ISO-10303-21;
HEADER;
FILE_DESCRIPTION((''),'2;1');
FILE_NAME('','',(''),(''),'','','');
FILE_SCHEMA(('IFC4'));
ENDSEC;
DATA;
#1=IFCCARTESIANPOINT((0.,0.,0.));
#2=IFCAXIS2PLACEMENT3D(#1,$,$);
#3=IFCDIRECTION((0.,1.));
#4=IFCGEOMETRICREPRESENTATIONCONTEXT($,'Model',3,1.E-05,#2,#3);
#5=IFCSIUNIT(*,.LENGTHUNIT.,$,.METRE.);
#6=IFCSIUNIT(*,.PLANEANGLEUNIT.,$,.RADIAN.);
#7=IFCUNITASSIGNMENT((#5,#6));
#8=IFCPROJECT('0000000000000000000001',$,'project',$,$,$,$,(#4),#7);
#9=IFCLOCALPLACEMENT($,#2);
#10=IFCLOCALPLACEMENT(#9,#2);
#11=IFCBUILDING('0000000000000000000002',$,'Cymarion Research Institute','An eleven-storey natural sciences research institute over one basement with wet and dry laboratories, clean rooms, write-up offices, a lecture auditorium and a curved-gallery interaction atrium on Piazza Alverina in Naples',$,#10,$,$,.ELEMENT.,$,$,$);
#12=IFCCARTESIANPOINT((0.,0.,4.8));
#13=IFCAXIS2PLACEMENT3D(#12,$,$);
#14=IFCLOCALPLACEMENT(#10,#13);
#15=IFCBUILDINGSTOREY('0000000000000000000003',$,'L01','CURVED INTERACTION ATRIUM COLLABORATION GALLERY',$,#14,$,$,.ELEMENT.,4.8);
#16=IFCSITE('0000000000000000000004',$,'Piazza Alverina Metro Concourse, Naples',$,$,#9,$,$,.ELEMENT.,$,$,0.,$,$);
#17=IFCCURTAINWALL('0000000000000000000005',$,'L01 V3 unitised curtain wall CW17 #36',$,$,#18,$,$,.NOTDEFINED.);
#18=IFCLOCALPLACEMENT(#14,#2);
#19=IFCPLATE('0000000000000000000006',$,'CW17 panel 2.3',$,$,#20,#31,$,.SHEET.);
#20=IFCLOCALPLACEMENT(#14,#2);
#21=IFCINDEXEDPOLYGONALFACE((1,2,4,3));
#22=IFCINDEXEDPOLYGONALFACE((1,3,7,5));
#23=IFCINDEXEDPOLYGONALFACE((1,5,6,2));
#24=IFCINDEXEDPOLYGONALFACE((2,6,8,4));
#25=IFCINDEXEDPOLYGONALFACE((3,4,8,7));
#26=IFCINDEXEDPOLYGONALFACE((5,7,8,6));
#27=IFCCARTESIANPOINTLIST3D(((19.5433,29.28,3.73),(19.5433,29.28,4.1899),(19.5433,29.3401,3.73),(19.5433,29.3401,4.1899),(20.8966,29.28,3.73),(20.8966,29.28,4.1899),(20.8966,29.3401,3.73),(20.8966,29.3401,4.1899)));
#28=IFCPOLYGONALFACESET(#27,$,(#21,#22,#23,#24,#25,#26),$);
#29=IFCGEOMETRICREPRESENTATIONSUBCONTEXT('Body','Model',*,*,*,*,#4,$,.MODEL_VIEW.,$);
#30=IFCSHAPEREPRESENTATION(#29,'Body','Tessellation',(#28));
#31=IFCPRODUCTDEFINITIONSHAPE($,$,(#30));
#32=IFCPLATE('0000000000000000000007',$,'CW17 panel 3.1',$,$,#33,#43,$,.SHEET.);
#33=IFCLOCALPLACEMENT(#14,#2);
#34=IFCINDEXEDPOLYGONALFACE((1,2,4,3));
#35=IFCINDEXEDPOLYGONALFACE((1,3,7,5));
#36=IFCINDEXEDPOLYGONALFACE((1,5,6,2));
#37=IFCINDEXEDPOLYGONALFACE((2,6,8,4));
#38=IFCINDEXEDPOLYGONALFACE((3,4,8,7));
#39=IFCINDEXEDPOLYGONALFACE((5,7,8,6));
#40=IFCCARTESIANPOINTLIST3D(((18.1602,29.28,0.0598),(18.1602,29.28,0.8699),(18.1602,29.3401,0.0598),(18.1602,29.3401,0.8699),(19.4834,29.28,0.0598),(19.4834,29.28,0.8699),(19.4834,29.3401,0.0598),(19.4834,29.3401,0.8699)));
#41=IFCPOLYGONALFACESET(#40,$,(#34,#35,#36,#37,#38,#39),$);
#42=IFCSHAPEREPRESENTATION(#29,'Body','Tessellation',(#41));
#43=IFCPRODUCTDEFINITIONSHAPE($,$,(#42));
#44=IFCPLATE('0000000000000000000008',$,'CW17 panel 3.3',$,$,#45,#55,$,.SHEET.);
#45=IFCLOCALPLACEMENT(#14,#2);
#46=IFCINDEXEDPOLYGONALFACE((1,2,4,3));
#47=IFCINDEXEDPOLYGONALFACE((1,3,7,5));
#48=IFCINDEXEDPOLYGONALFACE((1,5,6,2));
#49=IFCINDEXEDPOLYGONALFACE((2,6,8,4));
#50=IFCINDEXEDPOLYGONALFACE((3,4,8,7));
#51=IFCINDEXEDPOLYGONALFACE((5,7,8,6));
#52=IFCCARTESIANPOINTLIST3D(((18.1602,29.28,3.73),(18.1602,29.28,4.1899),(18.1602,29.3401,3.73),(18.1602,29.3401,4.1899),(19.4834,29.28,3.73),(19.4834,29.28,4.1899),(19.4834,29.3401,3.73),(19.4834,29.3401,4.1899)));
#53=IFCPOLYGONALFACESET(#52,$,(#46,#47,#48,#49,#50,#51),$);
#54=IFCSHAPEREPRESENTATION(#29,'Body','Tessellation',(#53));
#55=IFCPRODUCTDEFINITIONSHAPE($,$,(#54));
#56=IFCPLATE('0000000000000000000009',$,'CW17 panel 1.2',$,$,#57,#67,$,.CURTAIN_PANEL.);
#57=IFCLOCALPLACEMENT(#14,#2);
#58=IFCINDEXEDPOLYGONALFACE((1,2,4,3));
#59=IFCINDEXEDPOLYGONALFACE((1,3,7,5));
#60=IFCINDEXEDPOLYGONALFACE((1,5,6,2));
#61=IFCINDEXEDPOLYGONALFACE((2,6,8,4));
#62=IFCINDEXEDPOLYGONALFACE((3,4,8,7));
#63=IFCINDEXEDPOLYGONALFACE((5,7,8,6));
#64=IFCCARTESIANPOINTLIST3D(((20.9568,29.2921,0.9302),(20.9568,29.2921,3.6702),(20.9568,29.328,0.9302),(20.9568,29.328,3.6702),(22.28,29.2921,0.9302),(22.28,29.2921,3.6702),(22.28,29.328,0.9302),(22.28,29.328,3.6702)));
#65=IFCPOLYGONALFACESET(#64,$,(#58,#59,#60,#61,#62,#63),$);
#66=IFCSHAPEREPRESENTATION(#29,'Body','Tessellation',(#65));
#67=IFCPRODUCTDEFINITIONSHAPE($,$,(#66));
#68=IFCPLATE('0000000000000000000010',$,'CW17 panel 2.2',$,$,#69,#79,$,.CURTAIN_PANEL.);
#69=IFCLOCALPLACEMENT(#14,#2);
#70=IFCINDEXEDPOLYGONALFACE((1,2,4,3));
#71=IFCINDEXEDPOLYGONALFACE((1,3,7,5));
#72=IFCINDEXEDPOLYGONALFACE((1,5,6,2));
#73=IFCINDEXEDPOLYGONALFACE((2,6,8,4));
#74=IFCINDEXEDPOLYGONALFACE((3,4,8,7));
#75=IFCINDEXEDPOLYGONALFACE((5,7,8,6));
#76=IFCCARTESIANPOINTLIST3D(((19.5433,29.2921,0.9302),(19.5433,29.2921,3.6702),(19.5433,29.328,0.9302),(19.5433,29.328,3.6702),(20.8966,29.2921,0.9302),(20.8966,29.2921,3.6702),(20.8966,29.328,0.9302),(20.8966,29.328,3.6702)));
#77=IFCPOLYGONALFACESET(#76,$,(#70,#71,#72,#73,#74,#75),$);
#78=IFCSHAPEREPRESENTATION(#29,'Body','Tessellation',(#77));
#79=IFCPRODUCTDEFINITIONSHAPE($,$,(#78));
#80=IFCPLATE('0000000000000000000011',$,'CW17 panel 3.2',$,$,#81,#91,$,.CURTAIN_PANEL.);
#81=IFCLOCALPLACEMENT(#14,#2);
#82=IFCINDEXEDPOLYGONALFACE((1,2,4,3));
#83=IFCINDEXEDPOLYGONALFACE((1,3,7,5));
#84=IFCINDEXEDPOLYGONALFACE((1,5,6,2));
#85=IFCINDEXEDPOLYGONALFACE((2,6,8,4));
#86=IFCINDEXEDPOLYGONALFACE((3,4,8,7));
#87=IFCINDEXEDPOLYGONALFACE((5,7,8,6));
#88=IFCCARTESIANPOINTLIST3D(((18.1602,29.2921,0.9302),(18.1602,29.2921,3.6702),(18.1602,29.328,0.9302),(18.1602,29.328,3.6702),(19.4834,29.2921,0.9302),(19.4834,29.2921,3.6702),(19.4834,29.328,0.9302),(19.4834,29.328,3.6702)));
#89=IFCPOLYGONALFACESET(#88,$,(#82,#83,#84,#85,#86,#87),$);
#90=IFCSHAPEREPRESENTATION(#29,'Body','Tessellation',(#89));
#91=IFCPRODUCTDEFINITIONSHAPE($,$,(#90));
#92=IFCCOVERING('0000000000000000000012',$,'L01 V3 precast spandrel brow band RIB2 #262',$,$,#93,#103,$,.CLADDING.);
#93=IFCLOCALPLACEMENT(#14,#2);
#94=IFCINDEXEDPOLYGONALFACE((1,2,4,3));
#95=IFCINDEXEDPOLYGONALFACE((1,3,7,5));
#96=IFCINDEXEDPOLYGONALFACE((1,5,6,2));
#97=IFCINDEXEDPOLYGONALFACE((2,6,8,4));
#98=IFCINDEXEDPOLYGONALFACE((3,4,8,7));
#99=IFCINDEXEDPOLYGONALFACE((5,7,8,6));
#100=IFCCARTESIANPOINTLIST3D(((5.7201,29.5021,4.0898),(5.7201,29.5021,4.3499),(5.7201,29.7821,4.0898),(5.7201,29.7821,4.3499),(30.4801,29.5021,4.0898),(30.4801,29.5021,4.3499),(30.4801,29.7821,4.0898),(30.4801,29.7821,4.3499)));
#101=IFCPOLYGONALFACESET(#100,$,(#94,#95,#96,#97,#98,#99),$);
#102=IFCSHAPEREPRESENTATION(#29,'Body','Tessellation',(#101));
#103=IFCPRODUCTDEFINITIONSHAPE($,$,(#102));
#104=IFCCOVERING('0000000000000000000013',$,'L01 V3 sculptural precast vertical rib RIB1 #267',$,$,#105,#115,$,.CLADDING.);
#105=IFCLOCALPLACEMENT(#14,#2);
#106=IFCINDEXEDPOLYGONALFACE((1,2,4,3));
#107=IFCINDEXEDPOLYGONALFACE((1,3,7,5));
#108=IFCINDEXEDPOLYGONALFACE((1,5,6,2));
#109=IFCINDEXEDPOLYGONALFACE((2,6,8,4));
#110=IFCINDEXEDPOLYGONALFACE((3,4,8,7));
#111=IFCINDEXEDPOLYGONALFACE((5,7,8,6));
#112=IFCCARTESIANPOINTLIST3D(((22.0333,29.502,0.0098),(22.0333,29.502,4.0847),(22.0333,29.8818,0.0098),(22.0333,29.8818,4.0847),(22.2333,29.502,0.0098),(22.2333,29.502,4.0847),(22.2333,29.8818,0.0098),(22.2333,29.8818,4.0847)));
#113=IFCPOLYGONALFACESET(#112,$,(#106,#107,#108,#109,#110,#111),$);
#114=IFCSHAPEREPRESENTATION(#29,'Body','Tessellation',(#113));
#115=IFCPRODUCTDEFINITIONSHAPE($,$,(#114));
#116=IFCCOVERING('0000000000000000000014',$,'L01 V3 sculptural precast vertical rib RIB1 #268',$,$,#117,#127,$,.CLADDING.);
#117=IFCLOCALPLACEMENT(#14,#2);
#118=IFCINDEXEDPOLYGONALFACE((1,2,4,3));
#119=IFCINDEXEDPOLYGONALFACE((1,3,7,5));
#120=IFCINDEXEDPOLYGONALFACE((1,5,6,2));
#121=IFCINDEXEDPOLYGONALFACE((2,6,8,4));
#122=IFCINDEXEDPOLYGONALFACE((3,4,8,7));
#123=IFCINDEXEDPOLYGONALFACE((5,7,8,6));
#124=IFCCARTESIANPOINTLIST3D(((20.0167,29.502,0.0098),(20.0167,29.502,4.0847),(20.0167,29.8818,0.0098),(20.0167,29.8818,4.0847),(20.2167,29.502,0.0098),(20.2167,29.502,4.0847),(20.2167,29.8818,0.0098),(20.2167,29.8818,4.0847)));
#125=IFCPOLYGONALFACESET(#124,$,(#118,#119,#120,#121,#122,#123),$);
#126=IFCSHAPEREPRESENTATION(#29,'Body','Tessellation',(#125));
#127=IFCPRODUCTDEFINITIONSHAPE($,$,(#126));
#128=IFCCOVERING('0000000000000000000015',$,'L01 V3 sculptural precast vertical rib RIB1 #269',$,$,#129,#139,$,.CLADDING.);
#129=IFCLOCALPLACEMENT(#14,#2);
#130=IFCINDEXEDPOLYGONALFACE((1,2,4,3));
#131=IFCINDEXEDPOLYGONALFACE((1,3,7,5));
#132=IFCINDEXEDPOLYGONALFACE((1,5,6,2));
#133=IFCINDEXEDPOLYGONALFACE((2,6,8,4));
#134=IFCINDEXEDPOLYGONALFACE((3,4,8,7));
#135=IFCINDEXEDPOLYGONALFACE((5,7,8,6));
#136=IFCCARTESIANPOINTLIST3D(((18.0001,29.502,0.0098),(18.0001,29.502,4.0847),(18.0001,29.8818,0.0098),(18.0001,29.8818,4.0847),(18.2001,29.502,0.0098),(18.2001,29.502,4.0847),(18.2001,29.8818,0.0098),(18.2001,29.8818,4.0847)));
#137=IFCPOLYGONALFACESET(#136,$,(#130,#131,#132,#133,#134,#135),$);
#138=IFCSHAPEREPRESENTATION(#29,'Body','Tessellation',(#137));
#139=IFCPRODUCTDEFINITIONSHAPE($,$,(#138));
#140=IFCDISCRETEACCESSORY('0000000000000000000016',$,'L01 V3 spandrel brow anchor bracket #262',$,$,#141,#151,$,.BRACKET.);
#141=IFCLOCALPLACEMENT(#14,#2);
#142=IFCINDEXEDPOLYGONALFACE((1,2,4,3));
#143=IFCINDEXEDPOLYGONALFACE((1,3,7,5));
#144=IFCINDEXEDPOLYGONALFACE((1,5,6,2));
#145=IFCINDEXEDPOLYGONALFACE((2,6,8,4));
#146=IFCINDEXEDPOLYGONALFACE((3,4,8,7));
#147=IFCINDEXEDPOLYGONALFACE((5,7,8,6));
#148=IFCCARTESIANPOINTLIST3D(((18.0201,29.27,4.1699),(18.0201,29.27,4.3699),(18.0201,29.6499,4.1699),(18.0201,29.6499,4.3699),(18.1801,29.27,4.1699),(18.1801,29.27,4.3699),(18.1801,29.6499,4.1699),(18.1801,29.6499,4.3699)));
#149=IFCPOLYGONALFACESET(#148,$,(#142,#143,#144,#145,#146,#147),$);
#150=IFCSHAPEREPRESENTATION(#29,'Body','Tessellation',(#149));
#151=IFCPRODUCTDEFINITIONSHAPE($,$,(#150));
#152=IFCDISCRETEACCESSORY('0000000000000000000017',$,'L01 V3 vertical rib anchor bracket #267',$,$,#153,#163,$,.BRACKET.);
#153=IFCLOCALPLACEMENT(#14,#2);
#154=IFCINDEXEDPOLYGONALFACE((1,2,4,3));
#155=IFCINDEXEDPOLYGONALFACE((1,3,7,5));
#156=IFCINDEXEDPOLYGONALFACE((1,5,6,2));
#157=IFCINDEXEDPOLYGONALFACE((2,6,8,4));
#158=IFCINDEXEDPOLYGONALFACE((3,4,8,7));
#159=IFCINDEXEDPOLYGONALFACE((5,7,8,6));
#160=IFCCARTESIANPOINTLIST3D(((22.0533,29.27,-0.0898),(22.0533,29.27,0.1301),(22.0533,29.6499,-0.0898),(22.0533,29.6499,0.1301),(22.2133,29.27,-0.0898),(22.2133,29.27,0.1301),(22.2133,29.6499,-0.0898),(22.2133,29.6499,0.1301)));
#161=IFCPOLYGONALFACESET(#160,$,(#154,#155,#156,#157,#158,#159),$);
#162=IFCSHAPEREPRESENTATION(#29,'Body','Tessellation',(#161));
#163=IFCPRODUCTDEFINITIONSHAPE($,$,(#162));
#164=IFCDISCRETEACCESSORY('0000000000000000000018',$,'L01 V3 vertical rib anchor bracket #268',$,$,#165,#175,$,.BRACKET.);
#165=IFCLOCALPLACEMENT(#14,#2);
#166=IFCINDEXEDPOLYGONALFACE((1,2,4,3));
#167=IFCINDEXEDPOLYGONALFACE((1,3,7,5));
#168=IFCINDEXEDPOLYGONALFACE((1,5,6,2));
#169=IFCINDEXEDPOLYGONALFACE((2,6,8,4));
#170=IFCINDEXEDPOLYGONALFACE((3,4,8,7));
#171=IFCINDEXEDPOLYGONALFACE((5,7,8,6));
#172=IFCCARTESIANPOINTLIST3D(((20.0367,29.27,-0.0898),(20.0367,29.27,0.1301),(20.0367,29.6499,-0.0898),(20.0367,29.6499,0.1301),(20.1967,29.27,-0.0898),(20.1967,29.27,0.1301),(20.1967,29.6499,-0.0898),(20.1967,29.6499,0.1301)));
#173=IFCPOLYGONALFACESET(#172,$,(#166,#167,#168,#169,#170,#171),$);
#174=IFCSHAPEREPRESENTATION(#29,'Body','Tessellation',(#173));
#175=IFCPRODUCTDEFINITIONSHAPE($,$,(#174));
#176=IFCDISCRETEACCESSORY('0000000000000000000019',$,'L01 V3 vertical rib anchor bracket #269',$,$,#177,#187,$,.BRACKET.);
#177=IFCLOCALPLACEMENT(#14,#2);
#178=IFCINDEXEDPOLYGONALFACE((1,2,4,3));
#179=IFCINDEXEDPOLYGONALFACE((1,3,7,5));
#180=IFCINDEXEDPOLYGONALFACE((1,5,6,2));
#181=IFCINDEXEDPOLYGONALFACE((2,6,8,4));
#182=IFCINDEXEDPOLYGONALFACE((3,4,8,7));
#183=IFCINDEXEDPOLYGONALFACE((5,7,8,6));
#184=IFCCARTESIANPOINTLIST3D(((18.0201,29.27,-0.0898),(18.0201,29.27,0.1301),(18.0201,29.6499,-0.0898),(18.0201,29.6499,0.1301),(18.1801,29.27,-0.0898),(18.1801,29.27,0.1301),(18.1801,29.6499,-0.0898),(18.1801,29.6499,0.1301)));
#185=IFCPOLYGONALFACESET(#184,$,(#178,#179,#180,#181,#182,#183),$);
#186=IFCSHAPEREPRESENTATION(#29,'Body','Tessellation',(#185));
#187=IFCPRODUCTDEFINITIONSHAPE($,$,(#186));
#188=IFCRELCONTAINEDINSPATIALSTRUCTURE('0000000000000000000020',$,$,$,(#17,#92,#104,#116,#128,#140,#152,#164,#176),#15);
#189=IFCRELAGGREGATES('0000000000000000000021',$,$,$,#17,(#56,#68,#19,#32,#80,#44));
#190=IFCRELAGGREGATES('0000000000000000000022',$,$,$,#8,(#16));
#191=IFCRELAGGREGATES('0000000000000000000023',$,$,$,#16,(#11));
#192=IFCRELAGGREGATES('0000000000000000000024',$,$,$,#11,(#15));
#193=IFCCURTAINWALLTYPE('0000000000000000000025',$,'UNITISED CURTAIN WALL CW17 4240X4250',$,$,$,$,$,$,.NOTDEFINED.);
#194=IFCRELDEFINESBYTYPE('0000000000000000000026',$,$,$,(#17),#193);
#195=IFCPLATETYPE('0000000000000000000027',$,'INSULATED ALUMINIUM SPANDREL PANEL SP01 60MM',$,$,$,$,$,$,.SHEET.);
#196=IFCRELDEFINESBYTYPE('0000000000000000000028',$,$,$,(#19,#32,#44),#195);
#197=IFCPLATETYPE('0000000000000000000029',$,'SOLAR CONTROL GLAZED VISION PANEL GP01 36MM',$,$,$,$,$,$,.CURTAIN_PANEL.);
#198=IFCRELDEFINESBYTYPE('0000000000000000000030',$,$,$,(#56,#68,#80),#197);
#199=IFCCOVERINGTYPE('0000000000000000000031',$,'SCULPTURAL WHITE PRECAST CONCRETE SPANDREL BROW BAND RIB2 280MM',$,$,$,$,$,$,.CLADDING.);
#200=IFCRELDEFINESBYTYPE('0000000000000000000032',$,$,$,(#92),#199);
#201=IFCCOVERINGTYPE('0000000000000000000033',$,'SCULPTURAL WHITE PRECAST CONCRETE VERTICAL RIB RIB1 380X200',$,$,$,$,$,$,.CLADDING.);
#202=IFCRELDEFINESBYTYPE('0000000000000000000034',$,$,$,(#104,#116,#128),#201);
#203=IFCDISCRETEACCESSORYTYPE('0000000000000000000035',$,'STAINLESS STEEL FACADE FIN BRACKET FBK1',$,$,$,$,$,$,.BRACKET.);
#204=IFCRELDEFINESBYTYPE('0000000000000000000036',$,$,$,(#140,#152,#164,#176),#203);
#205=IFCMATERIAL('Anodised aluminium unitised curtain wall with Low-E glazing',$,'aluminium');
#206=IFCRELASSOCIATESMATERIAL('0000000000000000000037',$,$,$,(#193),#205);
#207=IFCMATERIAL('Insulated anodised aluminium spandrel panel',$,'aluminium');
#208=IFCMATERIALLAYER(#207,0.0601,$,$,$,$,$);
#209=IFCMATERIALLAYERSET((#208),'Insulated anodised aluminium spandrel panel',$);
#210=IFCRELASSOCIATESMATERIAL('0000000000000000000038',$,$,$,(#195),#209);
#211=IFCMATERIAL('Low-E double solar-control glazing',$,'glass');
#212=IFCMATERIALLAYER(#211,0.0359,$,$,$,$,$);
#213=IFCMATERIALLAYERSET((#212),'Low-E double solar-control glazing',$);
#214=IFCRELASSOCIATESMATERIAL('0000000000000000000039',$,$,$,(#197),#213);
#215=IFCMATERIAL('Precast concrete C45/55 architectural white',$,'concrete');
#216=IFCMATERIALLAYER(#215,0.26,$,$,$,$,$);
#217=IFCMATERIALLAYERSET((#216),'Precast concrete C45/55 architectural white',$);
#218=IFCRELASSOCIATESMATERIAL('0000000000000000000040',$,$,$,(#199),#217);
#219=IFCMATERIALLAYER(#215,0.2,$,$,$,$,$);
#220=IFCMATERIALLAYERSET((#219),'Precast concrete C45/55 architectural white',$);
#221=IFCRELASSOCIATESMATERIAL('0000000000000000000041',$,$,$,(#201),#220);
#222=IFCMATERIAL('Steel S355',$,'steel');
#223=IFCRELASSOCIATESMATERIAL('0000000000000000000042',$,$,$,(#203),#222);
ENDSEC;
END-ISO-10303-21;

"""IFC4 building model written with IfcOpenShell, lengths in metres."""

from ifc_helpers import new_model, si_unit, direction, frame, origin, origin_2d, place, context, subcontext, project, spatial, rectangle, extrude, material, layer, layer_set, type_object, element, aggregate, save


model = new_model("IFC4")

# Units and contexts
model_context = context("Model", 3, precision=1e-05, world=origin(), true_north=direction((0.0, 1.0)))
body_context = subcontext(model_context, "Body", "Model", "MODEL_VIEW")
ifc_project = project(units=[si_unit("LENGTHUNIT", "METRE"), si_unit("PLANEANGLEUNIT", "RADIAN")], contexts=[model_context])

# Site, building, storey
site_placement = place(None, origin())
site = spatial("IfcSite", under=ifc_project, at=site_placement, Name="Piazza Alverina Metro Concourse, Naples", CompositionType="ELEMENT", RefElevation=0.0)
building_placement = place(site_placement, origin())
building = spatial("IfcBuilding", under=site, at=building_placement, Name="Cymarion Research Institute", Description="An eleven-storey natural sciences research institute over one basement with wet and dry laboratories, clean rooms, write-up offices, a lecture auditorium and a curved-gallery interaction atrium on Piazza Alverina in Naples", CompositionType="ELEMENT")
storey_placement = place(building_placement, frame((0.0, 0.0, 4.8)))
storey = spatial("IfcBuildingStorey", under=building, at=storey_placement, Name="L01", Description="CURVED INTERACTION ATRIUM COLLABORATION GALLERY", CompositionType="ELEMENT", Elevation=4.8)

# Curtain wall, plates
ifc_material_1 = material(Name="Anodised aluminium unitised curtain wall with Low-E glazing", Category="aluminium")
curtain_wall_type = type_object("IfcCurtainWallType", Name="UNITISED CURTAIN WALL CW17 4240X4250", PredefinedType="NOTDEFINED", material=ifc_material_1)
curtain_wall_placement = place(storey_placement, origin())
curtain_wall = element("IfcCurtainWall", 1, at=curtain_wall_placement, inside=storey, type_object=curtain_wall_type, Name="L01 V3 unitised curtain wall CW17 #36", PredefinedType="NOTDEFINED")
ifc_material_2 = material(Name="Insulated anodised aluminium spandrel panel", Category="aluminium")
ifc_layer_1 = layer(ifc_material_2, 0.0601)
ifc_layer_set_1 = layer_set([ifc_layer_1], Name="Insulated anodised aluminium spandrel panel")
plate_type_1 = type_object("IfcPlateType", Name="INSULATED ALUMINIUM SPANDREL PANEL SP01 60MM", PredefinedType="SHEET", material=ifc_layer_set_1)
plate_1_placement = place(storey_placement, frame((20.22, 29.3101, 3.73), z_axis=(0.0, 0.0, 1.0), x_axis=(-1.0, 0.0, 0.0)))
plate_1 = element("IfcPlate", 2, at=plate_1_placement, type_object=plate_type_1, Name="CW17 panel 2.3", PredefinedType="SHEET", context=body_context, shape_type="SweptSolid", body=[
    extrude(rectangle(XDim=1.3533, YDim=0.0601, at=origin_2d()), origin(), (0.0, 0.0, 1.0), 0.46),
])
plate_2_placement = place(storey_placement, frame((18.8218, 29.3101, 0.0598), z_axis=(0.0, 0.0, 1.0), x_axis=(-1.0, 0.0, 0.0)))
plate_2 = element("IfcPlate", 3, at=plate_2_placement, type_object=plate_type_1, Name="CW17 panel 3.1", PredefinedType="SHEET", context=body_context, shape_type="SweptSolid", body=[
    extrude(rectangle(XDim=1.3232, YDim=0.0601, at=origin_2d()), origin(), (0.0, 0.0, 1.0), 0.8101),
])
plate_3_placement = place(storey_placement, frame((18.8218, 29.3101, 3.73), z_axis=(0.0, 0.0, 1.0), x_axis=(-1.0, 0.0, 0.0)))
plate_3 = element("IfcPlate", 4, at=plate_3_placement, type_object=plate_type_1, Name="CW17 panel 3.3", PredefinedType="SHEET", context=body_context, shape_type="SweptSolid", body=[
    extrude(rectangle(XDim=1.3232, YDim=0.0601, at=origin_2d()), origin(), (0.0, 0.0, 1.0), 0.46),
])
ifc_material_3 = material(Name="Low-E double solar-control glazing", Category="glass")
ifc_layer_2 = layer(ifc_material_3, 0.0359)
ifc_layer_set_2 = layer_set([ifc_layer_2], Name="Low-E double solar-control glazing")
plate_type_2 = type_object("IfcPlateType", Name="SOLAR CONTROL GLAZED VISION PANEL GP01 36MM", PredefinedType="CURTAIN_PANEL", material=ifc_layer_set_2)
plate_4_placement = place(storey_placement, frame((21.6184, 29.3101, 0.9302), z_axis=(0.0, 0.0, 1.0), x_axis=(-1.0, 0.0, 0.0)))
plate_4 = element("IfcPlate", 5, at=plate_4_placement, type_object=plate_type_2, Name="CW17 panel 1.2", PredefinedType="CURTAIN_PANEL", context=body_context, shape_type="SweptSolid", body=[
    extrude(rectangle(XDim=1.3232, YDim=0.0359, at=origin_2d()), origin(), (0.0, 0.0, 1.0), 2.74),
])
plate_5_placement = place(storey_placement, frame((20.22, 29.3101, 0.9302), z_axis=(0.0, 0.0, 1.0), x_axis=(-1.0, 0.0, 0.0)))
plate_5 = element("IfcPlate", 6, at=plate_5_placement, type_object=plate_type_2, Name="CW17 panel 2.2", PredefinedType="CURTAIN_PANEL", context=body_context, shape_type="SweptSolid", body=[
    extrude(rectangle(XDim=1.3533, YDim=0.0359, at=origin_2d()), origin(), (0.0, 0.0, 1.0), 2.74),
])
plate_6_placement = place(storey_placement, frame((18.8218, 29.3101, 0.9302), z_axis=(0.0, 0.0, 1.0), x_axis=(-1.0, 0.0, 0.0)))
plate_6 = element("IfcPlate", 7, at=plate_6_placement, type_object=plate_type_2, Name="CW17 panel 3.2", PredefinedType="CURTAIN_PANEL", context=body_context, shape_type="SweptSolid", body=[
    extrude(rectangle(XDim=1.3232, YDim=0.0359, at=origin_2d()), origin(), (0.0, 0.0, 1.0), 2.74),
])
aggregate(curtain_wall, [plate_4, plate_5, plate_1, plate_2, plate_6, plate_3])

# Coverings
ifc_material_4 = material(Name="Precast concrete C45/55 architectural white", Category="concrete")
ifc_layer_3 = layer(ifc_material_4, 0.26)
ifc_layer_set_3 = layer_set([ifc_layer_3], Name="Precast concrete C45/55 architectural white")
covering_type_1 = type_object("IfcCoveringType", Name="SCULPTURAL WHITE PRECAST CONCRETE SPANDREL BROW BAND RIB2 280MM", PredefinedType="CLADDING", material=ifc_layer_set_3)
covering_placement = place(storey_placement, frame((18.1001, 29.6421, 4.0898), z_axis=(0.0, 0.0, 1.0), x_axis=(0.0, 1.0, 0.0)))
element("IfcCovering", 8, at=covering_placement, inside=storey, type_object=covering_type_1, Name="L01 V3 precast spandrel brow band RIB2 #262", PredefinedType="CLADDING", context=body_context, shape_type="SweptSolid", body=[
    extrude(rectangle(XDim=0.28, YDim=24.76, at=origin_2d()), origin(), (0.0, 0.0, 1.0), 0.26),
])
ifc_layer_4 = layer(ifc_material_4, 0.2)
ifc_layer_set_4 = layer_set([ifc_layer_4], Name="Precast concrete C45/55 architectural white")
covering_type_2 = type_object("IfcCoveringType", Name="SCULPTURAL WHITE PRECAST CONCRETE VERTICAL RIB RIB1 380X200", PredefinedType="CLADDING", material=ifc_layer_set_4)
for number, where, z_axis, x_axis, name in (
    (9, (22.1333, 29.6919, 0.0098), (0.0, 0.0, 1.0), (0.0, 1.0, 0.0), "L01 V3 sculptural precast vertical rib RIB1 #267"),
    (10, (20.1167, 29.6919, 0.0098), (0.0, 0.0, 1.0), (0.0, 1.0, 0.0), "L01 V3 sculptural precast vertical rib RIB1 #268"),
    (11, (18.1001, 29.6919, 0.0098), (0.0, 0.0, 1.0), (0.0, 1.0, 0.0), "L01 V3 sculptural precast vertical rib RIB1 #269"),
):
    element("IfcCovering", number, at=place(storey_placement, frame(where, z_axis=z_axis, x_axis=x_axis)), inside=storey, type_object=covering_type_2, Name=name, PredefinedType="CLADDING", context=body_context, shape_type="SweptSolid", body=[
        extrude(rectangle(XDim=0.3799, YDim=0.2, at=origin_2d()), origin(), (0.0, 0.0, 1.0), 4.075),
    ])

# Discrete accessories
ifc_material_5 = material(Name="Steel S355", Category="steel")
discrete_accessory_type = type_object("IfcDiscreteAccessoryType", Name="STAINLESS STEEL FACADE FIN BRACKET FBK1", PredefinedType="BRACKET", material=ifc_material_5)
discrete_accessory_placement = place(storey_placement, frame((18.1001, 29.46, 4.1699), z_axis=(0.0, 0.0, 1.0), x_axis=(0.0, 1.0, 0.0)))
element("IfcDiscreteAccessory", 12, at=discrete_accessory_placement, inside=storey, type_object=discrete_accessory_type, Name="L01 V3 spandrel brow anchor bracket #262", PredefinedType="BRACKET", context=body_context, shape_type="SweptSolid", body=[
    extrude(rectangle(XDim=0.3799, YDim=0.1599, at=origin_2d()), origin(), (0.0, 0.0, 1.0), 0.2),
])
for number, where, z_axis, x_axis, name in (
    (13, (22.1333, 29.46, -0.0898), (0.0, 0.0, 1.0), (0.0, 1.0, 0.0), "L01 V3 vertical rib anchor bracket #267"),
    (14, (20.1167, 29.46, -0.0898), (0.0, 0.0, 1.0), (0.0, 1.0, 0.0), "L01 V3 vertical rib anchor bracket #268"),
    (15, (18.1001, 29.46, -0.0898), (0.0, 0.0, 1.0), (0.0, 1.0, 0.0), "L01 V3 vertical rib anchor bracket #269"),
):
    element("IfcDiscreteAccessory", number, at=place(storey_placement, frame(where, z_axis=z_axis, x_axis=x_axis)), inside=storey, type_object=discrete_accessory_type, Name=name, PredefinedType="BRACKET", context=body_context, shape_type="SweptSolid", body=[
        extrude(rectangle(XDim=0.3799, YDim=0.1599, at=origin_2d()), origin(), (0.0, 0.0, 1.0), 0.22),
    ])

save(model, "model.ifc")
